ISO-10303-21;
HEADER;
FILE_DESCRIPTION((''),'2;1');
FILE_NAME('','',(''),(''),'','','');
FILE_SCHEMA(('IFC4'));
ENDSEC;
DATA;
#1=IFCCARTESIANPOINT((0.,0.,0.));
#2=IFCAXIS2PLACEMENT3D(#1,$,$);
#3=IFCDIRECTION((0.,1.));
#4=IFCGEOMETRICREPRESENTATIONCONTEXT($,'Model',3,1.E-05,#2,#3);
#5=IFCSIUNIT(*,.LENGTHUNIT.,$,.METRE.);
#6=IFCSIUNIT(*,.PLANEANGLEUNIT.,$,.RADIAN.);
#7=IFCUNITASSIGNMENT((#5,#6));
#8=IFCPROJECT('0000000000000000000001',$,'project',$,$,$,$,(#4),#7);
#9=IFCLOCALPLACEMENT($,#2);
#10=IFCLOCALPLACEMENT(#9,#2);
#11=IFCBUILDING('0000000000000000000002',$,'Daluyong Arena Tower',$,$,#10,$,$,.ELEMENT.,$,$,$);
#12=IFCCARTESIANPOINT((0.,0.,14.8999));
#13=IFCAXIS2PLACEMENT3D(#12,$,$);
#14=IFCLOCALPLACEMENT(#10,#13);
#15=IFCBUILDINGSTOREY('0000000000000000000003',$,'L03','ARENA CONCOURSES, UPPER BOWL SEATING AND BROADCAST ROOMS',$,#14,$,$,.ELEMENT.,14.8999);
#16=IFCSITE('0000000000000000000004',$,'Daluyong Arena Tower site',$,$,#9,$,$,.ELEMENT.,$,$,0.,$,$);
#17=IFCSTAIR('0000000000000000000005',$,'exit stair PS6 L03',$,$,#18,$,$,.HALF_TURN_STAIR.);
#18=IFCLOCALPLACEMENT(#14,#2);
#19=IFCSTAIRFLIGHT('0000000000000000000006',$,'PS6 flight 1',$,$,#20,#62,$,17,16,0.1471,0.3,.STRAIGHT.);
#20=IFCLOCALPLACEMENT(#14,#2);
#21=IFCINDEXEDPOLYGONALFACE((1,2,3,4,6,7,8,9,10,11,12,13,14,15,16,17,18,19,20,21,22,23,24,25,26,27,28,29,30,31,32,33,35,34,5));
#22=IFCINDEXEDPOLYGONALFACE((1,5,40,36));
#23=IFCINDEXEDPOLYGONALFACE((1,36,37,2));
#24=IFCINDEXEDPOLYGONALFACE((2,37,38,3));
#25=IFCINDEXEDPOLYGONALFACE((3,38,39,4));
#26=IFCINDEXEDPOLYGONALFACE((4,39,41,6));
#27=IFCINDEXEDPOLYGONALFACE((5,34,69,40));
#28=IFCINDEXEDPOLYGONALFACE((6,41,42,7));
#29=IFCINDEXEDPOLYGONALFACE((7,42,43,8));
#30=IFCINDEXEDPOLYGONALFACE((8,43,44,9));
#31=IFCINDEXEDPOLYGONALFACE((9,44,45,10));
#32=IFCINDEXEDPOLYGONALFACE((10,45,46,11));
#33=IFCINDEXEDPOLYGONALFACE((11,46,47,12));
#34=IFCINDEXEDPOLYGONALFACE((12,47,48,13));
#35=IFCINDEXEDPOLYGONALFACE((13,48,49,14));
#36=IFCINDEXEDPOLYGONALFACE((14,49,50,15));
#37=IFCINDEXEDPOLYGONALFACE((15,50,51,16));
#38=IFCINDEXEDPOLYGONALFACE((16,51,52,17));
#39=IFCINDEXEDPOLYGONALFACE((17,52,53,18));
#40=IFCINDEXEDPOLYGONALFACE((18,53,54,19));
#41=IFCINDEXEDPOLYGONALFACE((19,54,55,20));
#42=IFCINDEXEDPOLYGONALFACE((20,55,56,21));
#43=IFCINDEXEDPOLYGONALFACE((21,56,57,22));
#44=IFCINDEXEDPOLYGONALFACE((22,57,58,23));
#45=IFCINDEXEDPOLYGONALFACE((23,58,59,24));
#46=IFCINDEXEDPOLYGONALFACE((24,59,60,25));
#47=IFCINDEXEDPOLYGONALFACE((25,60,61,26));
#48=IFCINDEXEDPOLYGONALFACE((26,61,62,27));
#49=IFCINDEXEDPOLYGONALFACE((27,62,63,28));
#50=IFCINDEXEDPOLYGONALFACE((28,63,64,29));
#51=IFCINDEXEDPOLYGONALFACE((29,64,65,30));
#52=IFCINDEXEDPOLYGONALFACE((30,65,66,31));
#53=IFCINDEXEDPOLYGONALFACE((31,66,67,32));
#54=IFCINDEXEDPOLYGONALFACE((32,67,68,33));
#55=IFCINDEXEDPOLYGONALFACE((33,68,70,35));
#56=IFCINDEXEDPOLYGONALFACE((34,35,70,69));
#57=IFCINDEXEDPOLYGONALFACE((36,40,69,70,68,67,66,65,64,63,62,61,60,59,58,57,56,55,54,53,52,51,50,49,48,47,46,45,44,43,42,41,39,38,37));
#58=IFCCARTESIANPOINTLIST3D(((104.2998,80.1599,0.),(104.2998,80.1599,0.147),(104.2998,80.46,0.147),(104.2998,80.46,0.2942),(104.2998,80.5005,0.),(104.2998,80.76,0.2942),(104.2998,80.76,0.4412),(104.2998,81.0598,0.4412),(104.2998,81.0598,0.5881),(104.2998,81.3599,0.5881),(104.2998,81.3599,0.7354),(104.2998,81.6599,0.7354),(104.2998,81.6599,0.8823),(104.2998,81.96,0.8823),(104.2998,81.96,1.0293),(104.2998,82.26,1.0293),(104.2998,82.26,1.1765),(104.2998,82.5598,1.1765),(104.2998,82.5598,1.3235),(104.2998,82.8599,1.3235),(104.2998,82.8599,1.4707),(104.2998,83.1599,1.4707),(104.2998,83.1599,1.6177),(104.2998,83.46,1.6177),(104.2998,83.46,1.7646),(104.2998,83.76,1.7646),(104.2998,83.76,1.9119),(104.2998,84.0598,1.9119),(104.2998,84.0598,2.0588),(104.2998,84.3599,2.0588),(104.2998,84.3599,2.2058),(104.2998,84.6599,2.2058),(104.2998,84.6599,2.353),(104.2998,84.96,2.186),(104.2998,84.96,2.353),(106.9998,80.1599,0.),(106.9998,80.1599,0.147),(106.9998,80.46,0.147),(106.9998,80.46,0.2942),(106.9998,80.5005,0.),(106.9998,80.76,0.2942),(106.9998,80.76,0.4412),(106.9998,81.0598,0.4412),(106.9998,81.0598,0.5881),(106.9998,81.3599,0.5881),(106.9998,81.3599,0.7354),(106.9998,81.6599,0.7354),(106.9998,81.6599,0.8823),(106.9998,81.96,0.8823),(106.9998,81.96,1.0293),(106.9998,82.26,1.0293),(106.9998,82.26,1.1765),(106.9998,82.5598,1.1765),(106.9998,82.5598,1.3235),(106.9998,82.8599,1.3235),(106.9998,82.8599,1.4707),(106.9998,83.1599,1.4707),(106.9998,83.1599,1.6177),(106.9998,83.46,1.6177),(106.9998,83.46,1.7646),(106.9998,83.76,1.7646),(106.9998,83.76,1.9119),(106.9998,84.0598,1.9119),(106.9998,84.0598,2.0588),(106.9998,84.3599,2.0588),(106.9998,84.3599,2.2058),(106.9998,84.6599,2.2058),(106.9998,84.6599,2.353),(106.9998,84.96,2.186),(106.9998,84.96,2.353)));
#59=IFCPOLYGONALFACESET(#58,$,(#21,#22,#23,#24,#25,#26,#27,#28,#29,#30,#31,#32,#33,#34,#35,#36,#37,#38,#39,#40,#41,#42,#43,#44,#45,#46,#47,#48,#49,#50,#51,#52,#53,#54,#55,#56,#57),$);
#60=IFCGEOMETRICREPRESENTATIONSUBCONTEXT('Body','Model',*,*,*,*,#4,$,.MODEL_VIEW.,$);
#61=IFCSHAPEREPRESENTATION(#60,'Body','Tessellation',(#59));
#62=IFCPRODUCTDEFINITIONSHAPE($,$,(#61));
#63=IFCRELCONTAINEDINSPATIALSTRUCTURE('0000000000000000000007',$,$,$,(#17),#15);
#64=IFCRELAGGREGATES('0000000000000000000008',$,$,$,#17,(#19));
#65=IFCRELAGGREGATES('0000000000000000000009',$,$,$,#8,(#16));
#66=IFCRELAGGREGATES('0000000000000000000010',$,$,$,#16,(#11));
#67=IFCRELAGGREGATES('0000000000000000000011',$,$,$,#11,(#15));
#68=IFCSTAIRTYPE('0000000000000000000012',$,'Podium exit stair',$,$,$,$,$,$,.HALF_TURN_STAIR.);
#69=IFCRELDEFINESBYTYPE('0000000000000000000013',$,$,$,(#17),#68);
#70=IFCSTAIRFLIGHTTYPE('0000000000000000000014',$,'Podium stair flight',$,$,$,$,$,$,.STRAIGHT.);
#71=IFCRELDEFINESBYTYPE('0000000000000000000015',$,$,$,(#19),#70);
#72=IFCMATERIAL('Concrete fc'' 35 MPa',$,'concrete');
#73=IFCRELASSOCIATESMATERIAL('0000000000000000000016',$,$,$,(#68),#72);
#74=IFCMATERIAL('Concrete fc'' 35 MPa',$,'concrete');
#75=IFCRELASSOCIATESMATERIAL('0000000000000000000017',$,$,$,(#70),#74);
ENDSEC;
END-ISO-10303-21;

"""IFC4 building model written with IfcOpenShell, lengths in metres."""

from ifc_helpers import new_model, si_unit, direction, frame, origin, place, context, subcontext, project, spatial, polyline, outline, extrude, material, type_object, element, aggregate, save


model = new_model("IFC4")

# Units and contexts
model_context = context("Model", 3, precision=1e-05, world=origin(), true_north=direction((0.0, 1.0)))
body_context = subcontext(model_context, "Body", "Model", "MODEL_VIEW")
ifc_project = project(units=[si_unit("LENGTHUNIT", "METRE"), si_unit("PLANEANGLEUNIT", "RADIAN")], contexts=[model_context])

# Site, building, storey
site_placement = place(None, origin())
site = spatial("IfcSite", under=ifc_project, at=site_placement, Name="Daluyong Arena Tower site", CompositionType="ELEMENT", RefElevation=0.0)
building_placement = place(site_placement, origin())
building = spatial("IfcBuilding", under=site, at=building_placement, Name="Daluyong Arena Tower", CompositionType="ELEMENT")
storey_placement = place(building_placement, frame((0.0, 0.0, 14.8999)))
storey = spatial("IfcBuildingStorey", under=building, at=storey_placement, Name="L03", Description="ARENA CONCOURSES, UPPER BOWL SEATING AND BROADCAST ROOMS", CompositionType="ELEMENT", Elevation=14.8999)

# Stair, stair flight
ifc_material_1 = material(Name="Concrete fc' 35 MPa", Category="concrete")
stair_type = type_object("IfcStairType", Name="Podium exit stair", PredefinedType="HALF_TURN_STAIR", material=ifc_material_1)
stair_placement = place(storey_placement, origin())
stair = element("IfcStair", 1, at=stair_placement, inside=storey, type_object=stair_type, Name="exit stair PS6 L03", PredefinedType="HALF_TURN_STAIR")
ifc_material_2 = material(Name="Concrete fc' 35 MPa", Category="concrete")
stair_flight_type = type_object("IfcStairFlightType", Name="Podium stair flight", PredefinedType="STRAIGHT", material=ifc_material_2)
stair_flight_placement = place(storey_placement, frame((105.6499, 80.1599, 0.0), z_axis=(0.0, 0.0, 1.0), x_axis=(0.0, 1.0, 0.0)))
stair_flight = element("IfcStairFlight", 2, at=stair_flight_placement, type_object=stair_flight_type, Name="PS6 flight 1", NumberOfRisers=17, NumberOfTreads=16, PredefinedType="STRAIGHT", RiserHeight=0.1471, TreadLength=0.3, context=body_context, shape_type="SweptSolid", body=[
    extrude(outline(polyline([(0.0, 0.0), (0.0, 0.147), (0.3, 0.147), (0.3, 0.2942), (0.6001, 0.2942), (0.6001, 0.4412), (0.8999, 0.4412), (0.8999, 0.5881), (1.2, 0.5881), (1.2, 0.7354), (1.5, 0.7354), (1.5, 0.8823), (1.8, 0.8823), (1.8, 1.0293), (2.1001, 1.0293), (2.1001, 1.1765), (2.3999, 1.1765), (2.3999, 1.3235), (2.7, 1.3235), (2.7, 1.4707), (3.0, 1.4707), (3.0, 1.6177), (3.3, 1.6177), (3.3, 1.7646), (3.6001, 1.7646), (3.6001, 1.9119), (3.8999, 1.9119), (3.8999, 2.0588), (4.2, 2.0588), (4.2, 2.2058), (4.5, 2.2058), (4.5, 2.353), (4.8, 2.353), (4.8, 2.5), (4.8, 2.186), (0.3406, 0.0), (0.0, 0.0)])), frame((0.0, 1.3501, 0.0), z_axis=(0.0, -1.0, 0.0), x_axis=(1.0, 0.0, 0.0)), (0.0, 0.0, 1.0), 2.7),
])
aggregate(stair, [stair_flight])

save(model, "model.ifc")
